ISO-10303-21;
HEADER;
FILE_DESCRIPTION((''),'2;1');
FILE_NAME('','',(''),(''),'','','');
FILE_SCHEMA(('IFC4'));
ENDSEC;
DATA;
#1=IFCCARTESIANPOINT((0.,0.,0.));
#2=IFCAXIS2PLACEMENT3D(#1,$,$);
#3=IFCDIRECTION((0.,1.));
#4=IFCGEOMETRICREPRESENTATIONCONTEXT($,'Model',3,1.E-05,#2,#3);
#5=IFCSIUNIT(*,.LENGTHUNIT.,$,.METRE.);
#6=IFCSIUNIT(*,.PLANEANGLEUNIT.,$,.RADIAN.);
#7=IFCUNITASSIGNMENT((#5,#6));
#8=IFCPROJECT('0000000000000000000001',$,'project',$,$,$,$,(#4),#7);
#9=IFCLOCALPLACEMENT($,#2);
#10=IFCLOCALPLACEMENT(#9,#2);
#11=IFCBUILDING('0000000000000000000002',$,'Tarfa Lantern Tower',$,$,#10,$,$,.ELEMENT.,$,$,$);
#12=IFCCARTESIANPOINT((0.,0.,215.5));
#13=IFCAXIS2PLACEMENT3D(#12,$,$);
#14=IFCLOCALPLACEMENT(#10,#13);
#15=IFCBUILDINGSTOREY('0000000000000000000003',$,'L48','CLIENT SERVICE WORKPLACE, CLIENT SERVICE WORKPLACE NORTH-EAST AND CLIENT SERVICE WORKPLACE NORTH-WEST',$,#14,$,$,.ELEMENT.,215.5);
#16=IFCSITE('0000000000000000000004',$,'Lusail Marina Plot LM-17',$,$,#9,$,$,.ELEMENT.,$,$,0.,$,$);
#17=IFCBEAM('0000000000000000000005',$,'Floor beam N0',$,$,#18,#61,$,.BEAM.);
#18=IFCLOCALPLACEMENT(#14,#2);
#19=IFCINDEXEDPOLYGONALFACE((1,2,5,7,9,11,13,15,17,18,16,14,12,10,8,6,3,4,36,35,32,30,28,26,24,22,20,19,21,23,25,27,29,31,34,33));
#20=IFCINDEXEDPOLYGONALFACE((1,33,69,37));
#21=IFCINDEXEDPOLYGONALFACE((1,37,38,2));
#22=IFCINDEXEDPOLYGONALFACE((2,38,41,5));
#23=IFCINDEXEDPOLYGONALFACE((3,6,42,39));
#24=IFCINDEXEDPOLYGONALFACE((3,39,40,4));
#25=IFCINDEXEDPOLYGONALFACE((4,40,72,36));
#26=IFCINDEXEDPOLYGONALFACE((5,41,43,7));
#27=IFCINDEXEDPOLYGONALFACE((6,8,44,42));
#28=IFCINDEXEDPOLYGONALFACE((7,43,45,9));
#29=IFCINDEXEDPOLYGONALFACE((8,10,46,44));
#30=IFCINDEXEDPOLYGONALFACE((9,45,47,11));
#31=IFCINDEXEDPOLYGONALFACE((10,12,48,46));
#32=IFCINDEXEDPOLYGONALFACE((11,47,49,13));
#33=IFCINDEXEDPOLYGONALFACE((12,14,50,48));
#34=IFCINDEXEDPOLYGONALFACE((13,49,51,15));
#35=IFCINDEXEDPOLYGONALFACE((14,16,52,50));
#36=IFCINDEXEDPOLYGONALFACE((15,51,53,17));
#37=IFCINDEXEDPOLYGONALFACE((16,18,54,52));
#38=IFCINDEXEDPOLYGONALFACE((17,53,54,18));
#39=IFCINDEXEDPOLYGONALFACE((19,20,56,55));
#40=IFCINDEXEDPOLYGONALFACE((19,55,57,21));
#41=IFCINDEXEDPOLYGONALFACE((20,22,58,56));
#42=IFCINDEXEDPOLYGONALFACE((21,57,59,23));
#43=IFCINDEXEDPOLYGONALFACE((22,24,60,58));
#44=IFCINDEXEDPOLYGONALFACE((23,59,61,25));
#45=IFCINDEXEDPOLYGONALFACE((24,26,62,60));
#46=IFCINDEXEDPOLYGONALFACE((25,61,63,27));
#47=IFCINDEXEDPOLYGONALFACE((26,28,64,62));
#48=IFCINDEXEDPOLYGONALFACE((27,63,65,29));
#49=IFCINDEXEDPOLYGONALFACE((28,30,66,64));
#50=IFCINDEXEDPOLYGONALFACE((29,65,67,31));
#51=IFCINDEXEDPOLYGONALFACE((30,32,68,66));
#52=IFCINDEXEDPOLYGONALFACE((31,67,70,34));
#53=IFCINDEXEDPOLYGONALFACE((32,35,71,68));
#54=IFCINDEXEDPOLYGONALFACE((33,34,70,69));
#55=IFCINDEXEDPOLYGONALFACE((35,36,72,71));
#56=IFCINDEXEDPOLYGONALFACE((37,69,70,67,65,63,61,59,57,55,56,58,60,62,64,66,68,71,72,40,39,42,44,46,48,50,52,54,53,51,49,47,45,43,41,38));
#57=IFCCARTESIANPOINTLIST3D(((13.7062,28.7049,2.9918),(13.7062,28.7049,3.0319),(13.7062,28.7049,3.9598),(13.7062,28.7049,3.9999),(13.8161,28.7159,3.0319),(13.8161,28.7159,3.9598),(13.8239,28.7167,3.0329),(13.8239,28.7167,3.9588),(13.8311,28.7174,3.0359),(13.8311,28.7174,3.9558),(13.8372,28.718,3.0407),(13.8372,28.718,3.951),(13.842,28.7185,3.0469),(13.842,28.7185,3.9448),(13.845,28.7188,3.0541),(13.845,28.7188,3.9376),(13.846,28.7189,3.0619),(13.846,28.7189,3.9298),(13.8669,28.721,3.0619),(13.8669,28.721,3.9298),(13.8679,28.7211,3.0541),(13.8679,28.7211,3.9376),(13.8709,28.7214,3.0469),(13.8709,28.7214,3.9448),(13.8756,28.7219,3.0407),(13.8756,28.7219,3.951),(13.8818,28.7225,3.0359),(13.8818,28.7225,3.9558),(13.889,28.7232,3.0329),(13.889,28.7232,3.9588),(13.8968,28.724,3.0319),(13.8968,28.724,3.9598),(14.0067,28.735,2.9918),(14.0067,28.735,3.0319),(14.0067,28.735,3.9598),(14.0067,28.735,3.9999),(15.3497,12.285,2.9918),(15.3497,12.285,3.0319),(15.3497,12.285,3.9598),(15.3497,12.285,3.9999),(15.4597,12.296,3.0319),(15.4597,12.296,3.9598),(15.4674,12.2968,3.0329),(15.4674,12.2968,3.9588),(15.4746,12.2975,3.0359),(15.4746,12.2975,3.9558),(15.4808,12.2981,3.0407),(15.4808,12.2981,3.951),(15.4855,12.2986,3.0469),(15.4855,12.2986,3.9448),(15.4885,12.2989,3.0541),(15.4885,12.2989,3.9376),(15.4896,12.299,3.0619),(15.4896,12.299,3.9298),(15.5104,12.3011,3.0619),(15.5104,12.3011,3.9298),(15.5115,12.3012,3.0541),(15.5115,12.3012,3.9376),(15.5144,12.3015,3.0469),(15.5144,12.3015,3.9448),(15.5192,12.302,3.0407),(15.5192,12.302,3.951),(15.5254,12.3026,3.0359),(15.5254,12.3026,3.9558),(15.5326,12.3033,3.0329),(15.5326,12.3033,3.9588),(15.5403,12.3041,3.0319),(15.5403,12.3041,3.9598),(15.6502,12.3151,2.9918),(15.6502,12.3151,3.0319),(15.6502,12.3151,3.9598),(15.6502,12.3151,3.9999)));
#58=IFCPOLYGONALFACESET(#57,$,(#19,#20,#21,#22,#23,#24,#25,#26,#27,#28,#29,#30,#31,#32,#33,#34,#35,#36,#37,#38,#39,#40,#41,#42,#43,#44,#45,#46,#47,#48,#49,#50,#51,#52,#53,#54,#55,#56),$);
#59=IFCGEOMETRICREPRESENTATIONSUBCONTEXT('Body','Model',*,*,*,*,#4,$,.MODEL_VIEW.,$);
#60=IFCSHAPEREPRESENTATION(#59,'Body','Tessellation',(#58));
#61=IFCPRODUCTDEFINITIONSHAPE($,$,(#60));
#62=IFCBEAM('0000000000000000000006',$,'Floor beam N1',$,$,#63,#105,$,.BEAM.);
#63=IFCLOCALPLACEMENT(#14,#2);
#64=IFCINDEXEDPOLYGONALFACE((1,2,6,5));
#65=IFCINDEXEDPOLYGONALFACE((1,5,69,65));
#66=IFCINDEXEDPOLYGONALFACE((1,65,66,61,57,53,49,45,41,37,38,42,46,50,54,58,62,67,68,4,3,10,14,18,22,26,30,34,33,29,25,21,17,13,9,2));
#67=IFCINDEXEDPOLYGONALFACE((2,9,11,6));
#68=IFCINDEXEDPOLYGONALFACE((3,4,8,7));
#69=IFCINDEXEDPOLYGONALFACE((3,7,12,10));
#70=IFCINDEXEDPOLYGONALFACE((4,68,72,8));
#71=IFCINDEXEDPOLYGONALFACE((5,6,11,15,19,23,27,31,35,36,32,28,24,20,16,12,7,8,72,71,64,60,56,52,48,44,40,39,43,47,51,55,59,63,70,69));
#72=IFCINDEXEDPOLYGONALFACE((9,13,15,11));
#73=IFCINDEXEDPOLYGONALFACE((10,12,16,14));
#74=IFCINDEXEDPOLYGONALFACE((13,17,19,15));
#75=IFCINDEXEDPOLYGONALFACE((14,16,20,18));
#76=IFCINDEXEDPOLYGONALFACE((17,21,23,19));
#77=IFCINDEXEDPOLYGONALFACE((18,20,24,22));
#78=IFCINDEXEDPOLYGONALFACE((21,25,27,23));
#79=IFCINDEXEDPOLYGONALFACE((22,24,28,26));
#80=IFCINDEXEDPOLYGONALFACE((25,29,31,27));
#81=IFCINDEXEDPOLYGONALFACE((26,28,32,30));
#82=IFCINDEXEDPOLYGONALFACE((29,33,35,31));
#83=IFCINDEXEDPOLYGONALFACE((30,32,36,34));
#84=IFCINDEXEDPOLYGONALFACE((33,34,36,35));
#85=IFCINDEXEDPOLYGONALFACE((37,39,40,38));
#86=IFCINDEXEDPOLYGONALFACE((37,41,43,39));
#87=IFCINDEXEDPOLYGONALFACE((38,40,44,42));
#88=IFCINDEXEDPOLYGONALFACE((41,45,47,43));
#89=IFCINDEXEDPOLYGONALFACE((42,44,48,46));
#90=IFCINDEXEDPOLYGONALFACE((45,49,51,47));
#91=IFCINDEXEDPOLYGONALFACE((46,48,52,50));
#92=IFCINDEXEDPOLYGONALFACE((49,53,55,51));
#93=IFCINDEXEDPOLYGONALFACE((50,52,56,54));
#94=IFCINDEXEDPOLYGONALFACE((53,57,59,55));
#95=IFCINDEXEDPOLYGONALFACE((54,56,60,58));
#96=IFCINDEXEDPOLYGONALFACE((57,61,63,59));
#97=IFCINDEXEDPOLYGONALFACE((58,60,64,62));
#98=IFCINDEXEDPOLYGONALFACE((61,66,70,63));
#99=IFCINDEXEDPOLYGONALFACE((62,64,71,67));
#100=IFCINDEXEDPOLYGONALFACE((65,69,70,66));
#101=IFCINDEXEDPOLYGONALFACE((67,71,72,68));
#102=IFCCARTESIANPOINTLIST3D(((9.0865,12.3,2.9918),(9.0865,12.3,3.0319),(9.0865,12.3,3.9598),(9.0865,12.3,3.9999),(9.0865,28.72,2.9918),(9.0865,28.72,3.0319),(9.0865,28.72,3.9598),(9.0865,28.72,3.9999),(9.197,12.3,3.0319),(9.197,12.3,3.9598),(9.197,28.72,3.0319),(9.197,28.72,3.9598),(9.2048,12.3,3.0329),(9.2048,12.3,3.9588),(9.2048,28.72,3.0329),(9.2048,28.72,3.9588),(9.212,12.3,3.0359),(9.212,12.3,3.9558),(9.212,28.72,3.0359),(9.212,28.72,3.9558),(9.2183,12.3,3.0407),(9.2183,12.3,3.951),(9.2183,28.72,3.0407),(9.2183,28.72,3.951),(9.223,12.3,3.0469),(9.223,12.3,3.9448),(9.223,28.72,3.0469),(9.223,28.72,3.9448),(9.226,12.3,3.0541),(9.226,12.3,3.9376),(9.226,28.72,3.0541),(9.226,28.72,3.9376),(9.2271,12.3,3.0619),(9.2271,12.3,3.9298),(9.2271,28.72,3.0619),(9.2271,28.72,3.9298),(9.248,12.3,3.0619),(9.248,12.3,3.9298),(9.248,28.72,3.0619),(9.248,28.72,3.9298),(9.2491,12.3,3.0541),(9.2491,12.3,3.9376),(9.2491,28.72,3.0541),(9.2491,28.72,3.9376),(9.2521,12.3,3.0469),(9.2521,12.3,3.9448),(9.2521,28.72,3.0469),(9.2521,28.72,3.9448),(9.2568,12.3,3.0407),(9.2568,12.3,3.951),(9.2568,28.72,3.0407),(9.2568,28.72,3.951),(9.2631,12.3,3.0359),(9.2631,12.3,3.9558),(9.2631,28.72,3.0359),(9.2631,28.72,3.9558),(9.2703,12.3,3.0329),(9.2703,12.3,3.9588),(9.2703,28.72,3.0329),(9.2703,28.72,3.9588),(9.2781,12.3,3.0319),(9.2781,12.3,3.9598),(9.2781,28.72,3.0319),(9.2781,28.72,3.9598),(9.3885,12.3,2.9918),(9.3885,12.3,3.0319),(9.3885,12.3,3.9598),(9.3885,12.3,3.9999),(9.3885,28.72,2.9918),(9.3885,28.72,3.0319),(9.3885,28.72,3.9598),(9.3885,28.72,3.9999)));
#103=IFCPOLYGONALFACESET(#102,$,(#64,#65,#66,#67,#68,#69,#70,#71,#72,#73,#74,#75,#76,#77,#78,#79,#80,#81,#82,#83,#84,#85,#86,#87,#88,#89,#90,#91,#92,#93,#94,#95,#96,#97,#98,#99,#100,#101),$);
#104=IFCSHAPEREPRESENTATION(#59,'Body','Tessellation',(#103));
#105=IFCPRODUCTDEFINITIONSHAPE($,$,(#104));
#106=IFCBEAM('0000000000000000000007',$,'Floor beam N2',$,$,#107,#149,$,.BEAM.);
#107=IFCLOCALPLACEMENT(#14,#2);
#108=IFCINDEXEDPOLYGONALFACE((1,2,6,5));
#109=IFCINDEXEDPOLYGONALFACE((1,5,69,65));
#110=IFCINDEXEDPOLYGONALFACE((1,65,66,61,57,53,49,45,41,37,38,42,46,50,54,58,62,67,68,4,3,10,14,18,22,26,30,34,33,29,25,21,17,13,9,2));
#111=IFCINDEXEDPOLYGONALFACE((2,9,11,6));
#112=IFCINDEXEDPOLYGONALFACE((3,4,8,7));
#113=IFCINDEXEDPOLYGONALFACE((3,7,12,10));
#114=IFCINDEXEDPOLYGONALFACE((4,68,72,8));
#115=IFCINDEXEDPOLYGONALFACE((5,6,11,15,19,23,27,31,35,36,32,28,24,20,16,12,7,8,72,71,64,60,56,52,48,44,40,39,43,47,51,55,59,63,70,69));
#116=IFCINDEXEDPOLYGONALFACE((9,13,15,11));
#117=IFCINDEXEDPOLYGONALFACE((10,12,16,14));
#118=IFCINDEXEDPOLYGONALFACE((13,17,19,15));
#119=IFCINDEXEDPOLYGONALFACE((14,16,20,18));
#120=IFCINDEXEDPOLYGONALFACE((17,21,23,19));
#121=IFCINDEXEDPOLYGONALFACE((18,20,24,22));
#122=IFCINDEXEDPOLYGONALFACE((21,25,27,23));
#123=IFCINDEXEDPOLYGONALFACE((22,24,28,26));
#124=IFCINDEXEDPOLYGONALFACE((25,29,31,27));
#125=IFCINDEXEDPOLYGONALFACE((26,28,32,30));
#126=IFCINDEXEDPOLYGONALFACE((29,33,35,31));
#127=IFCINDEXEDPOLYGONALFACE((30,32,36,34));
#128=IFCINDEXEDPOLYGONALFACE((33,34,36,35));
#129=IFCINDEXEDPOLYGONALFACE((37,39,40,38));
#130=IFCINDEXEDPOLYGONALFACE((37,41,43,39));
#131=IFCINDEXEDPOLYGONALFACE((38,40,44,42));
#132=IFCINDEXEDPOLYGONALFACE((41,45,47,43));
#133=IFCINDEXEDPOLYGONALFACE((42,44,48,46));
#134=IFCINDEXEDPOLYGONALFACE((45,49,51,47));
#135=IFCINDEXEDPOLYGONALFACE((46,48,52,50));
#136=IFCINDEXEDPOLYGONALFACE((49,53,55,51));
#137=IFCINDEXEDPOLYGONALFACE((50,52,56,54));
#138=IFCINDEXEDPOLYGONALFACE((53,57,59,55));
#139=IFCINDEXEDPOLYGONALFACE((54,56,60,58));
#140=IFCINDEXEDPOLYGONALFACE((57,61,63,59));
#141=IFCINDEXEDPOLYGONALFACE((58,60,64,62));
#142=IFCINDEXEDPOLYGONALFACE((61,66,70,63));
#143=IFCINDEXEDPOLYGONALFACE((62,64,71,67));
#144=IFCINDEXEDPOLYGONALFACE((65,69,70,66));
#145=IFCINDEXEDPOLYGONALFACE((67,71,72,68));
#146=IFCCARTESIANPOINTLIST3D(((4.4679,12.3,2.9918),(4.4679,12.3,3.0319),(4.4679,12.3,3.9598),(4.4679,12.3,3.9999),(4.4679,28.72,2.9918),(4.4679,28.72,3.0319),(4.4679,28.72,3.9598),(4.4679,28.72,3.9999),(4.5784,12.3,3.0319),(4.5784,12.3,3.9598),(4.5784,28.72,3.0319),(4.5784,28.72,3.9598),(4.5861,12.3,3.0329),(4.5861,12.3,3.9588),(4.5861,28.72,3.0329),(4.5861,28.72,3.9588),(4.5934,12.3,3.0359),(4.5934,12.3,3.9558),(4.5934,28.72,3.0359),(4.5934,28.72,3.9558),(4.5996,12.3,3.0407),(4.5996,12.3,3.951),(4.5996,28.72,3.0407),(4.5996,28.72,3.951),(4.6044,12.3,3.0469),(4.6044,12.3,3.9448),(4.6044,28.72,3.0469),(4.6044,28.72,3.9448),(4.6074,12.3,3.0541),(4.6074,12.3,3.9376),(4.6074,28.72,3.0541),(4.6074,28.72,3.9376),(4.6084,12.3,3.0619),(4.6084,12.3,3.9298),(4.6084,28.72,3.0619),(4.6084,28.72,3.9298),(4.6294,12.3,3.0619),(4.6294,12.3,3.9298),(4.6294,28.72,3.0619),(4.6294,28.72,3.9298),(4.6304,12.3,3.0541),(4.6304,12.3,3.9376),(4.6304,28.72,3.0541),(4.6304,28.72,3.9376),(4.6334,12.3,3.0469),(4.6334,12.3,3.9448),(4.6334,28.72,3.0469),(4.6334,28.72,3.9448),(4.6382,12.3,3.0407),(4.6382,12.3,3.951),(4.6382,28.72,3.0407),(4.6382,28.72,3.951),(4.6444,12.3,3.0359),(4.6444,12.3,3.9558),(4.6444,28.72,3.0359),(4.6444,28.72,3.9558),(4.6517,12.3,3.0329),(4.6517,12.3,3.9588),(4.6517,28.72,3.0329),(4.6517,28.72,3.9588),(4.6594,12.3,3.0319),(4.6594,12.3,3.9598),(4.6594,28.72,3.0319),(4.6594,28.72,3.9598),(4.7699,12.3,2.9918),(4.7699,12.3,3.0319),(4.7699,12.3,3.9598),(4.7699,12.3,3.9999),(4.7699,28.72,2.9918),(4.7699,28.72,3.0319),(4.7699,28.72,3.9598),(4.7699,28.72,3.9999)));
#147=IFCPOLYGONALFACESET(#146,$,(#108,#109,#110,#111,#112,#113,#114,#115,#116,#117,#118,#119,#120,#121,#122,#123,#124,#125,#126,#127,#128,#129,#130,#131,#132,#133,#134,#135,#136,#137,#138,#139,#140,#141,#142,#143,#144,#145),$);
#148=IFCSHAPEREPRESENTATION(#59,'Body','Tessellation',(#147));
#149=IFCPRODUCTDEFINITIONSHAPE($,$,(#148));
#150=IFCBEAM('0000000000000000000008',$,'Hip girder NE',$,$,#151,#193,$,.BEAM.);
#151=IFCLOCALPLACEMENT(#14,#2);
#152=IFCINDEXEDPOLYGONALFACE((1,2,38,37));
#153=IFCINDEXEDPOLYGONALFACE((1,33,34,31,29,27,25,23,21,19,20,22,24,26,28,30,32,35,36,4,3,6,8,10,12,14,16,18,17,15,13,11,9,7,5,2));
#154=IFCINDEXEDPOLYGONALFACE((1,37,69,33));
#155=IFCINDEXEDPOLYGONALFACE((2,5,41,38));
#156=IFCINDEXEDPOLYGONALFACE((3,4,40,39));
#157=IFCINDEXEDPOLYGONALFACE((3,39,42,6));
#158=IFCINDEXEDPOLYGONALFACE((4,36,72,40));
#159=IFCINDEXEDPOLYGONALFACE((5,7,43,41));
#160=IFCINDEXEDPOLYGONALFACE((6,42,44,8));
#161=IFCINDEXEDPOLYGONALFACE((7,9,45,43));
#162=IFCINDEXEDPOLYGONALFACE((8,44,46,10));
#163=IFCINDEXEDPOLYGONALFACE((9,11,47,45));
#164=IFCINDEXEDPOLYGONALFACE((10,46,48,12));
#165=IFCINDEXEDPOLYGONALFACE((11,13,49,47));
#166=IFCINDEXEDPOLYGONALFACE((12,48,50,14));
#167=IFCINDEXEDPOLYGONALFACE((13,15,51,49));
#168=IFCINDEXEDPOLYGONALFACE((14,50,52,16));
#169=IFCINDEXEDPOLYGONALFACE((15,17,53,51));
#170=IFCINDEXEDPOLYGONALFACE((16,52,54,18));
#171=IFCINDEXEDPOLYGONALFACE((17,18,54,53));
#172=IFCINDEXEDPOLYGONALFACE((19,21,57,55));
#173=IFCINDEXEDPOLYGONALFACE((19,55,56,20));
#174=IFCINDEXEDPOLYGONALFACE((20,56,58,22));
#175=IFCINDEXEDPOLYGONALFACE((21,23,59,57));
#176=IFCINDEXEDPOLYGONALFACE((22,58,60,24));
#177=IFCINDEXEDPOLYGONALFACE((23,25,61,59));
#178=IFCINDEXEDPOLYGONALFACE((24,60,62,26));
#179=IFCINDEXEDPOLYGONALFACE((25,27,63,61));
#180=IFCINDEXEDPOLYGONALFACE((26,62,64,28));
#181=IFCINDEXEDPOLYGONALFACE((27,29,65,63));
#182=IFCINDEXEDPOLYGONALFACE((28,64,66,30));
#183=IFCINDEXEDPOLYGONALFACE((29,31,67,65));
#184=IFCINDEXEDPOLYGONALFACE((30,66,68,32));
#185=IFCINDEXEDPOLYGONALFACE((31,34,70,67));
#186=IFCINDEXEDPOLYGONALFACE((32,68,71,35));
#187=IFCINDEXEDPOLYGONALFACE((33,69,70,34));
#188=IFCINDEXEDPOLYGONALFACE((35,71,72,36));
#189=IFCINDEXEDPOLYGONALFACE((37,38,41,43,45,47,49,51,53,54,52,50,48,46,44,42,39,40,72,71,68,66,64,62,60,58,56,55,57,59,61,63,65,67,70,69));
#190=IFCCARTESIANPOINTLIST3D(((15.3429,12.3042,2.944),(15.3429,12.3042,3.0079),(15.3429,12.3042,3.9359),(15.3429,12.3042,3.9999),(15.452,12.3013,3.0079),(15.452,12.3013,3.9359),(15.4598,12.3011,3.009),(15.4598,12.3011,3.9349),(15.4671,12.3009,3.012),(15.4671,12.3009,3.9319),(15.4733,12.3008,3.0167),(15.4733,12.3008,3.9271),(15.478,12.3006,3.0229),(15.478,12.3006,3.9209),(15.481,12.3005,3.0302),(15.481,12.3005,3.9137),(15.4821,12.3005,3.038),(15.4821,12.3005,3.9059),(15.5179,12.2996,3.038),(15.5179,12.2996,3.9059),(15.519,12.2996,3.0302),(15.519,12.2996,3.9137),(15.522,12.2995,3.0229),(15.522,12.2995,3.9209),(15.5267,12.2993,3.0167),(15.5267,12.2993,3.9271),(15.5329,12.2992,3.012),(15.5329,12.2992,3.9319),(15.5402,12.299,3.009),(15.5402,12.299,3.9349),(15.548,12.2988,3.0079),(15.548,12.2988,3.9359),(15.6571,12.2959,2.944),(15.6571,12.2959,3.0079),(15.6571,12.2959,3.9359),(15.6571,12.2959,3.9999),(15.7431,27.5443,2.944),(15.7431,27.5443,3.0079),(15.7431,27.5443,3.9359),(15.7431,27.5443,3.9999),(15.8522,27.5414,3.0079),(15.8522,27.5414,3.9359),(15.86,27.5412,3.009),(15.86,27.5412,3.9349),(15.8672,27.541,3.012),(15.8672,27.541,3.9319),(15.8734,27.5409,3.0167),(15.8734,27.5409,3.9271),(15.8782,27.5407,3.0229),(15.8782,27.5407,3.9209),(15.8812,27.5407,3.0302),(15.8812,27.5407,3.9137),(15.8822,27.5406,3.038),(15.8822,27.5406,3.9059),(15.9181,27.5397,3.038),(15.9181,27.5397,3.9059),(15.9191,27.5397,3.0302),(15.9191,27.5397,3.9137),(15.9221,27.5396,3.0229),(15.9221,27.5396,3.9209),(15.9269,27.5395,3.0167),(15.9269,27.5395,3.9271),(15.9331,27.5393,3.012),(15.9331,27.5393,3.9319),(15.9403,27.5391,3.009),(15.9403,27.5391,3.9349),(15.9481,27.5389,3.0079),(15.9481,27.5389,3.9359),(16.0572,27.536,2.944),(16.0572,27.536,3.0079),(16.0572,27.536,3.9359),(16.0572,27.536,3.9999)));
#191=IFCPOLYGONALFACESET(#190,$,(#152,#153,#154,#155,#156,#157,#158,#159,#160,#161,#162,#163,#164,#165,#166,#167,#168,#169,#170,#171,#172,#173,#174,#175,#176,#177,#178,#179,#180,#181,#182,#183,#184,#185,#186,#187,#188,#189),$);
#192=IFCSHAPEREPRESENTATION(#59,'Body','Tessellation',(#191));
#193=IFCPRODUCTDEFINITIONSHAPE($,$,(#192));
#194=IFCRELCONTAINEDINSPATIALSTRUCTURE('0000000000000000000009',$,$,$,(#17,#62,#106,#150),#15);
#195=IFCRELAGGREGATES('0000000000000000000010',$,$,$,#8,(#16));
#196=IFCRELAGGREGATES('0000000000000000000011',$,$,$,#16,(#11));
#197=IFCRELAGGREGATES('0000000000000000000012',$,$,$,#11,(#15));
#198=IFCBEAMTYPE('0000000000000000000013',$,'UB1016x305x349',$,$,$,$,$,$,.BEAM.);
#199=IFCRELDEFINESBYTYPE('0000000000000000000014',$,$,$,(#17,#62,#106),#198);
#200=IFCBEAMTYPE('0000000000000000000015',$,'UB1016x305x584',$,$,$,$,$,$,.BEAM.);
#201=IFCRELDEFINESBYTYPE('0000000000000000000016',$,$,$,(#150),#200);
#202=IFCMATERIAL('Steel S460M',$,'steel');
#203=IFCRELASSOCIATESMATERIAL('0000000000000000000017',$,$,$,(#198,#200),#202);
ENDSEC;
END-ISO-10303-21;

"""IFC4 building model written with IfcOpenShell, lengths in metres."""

from ifc_helpers import new_model, si_unit, direction, frame, origin, origin_2d, place, context, subcontext, project, spatial, i_section, extrude, material, material_profile, profile_set, type_object, element, save


model = new_model("IFC4")

# Units and contexts
model_context = context("Model", 3, precision=1e-05, world=origin(), true_north=direction((0.0, 1.0)))
body_context = subcontext(model_context, "Body", "Model", "MODEL_VIEW")
ifc_project = project(units=[si_unit("LENGTHUNIT", "METRE"), si_unit("PLANEANGLEUNIT", "RADIAN")], contexts=[model_context])

# Site, building, storey
site_placement = place(None, origin())
site = spatial("IfcSite", under=ifc_project, at=site_placement, Name="Lusail Marina Plot LM-17", CompositionType="ELEMENT", RefElevation=0.0)
building_placement = place(site_placement, origin())
building = spatial("IfcBuilding", under=site, at=building_placement, Name="Tarfa Lantern Tower", CompositionType="ELEMENT")
storey_placement = place(building_placement, frame((0.0, 0.0, 215.5)))
storey = spatial("IfcBuildingStorey", under=building, at=storey_placement, Name="L48", Description="CLIENT SERVICE WORKPLACE, CLIENT SERVICE WORKPLACE NORTH-EAST AND CLIENT SERVICE WORKPLACE NORTH-WEST", CompositionType="ELEMENT", Elevation=215.5)

# Shared definitions
ifc_material_1 = material(Name="Steel S460M", Category="steel")

# Beams
ifc_material_profile_1 = material_profile(ifc_material_1, i_section(OverallWidth=0.302, OverallDepth=1.0081, WebThickness=0.021, FlangeThickness=0.04, FilletRadius=0.03, at=origin_2d()), Name="UB1016x305x349")
ifc_profile_set_1 = profile_set([ifc_material_profile_1], Name="Steel S460M")
beam_type_1 = type_object("IfcBeamType", Name="UB1016x305x349", PredefinedType="BEAM", material=ifc_profile_set_1)
beam_1_placement = place(storey_placement, frame((13.8564, 28.72, 3.4958), z_axis=(0.099597, -0.995028, 0.0), x_axis=(0.995028, 0.099597, 0.0)))
element("IfcBeam", 1, at=beam_1_placement, inside=storey, type_object=beam_type_1, Name="Floor beam N0", PredefinedType="BEAM", context=body_context, shape_type="SweptSolid", body=[
    extrude(i_section(OverallWidth=0.302, OverallDepth=1.0081, WebThickness=0.021, FlangeThickness=0.04, FilletRadius=0.03, at=origin_2d()), origin(), (0.0, 0.0, 1.0), 16.502),
])
for number, where, z_axis, x_axis, name in (
    (2, (9.2375, 28.72, 3.4958), (0.0, -1.0, 0.0), (1.0, 0.0, 0.0), "Floor beam N1"),
    (3, (4.6189, 28.72, 3.4958), (0.0, -1.0, 0.0), (1.0, 0.0, 0.0), "Floor beam N2"),
):
    element("IfcBeam", number, at=place(storey_placement, frame(where, z_axis=z_axis, x_axis=x_axis)), inside=storey, type_object=beam_type_1, Name=name, PredefinedType="BEAM", context=body_context, shape_type="SweptSolid", body=[
        extrude(i_section(OverallWidth=0.302, OverallDepth=1.0081, WebThickness=0.021, FlangeThickness=0.04, FilletRadius=0.03, at=origin_2d()), origin(), (0.0, 0.0, 1.0), 16.4199),
    ])
ifc_material_profile_2 = material_profile(ifc_material_1, i_section(OverallWidth=0.3142, OverallDepth=1.0559, WebThickness=0.0359, FlangeThickness=0.064, FilletRadius=0.03, at=origin_2d()), Name="UB1016x305x584")
ifc_profile_set_2 = profile_set([ifc_material_profile_2], Name="Steel S460M")
beam_type_2 = type_object("IfcBeamType", Name="UB1016x305x584", PredefinedType="BEAM", material=ifc_profile_set_2)
beam_2_placement = place(storey_placement, frame((15.5, 12.3, 3.4719), z_axis=(0.026247, 0.999655, 0.0), x_axis=(-0.999655, 0.026247, 0.0)))
element("IfcBeam", 4, at=beam_2_placement, inside=storey, type_object=beam_type_2, Name="Hip girder NE", PredefinedType="BEAM", context=body_context, shape_type="SweptSolid", body=[
    extrude(i_section(OverallWidth=0.3142, OverallDepth=1.0559, WebThickness=0.0359, FlangeThickness=0.064, FilletRadius=0.03, at=origin_2d()), origin(), (0.0, 0.0, 1.0), 15.2454),
])

save(model, "model.ifc")
